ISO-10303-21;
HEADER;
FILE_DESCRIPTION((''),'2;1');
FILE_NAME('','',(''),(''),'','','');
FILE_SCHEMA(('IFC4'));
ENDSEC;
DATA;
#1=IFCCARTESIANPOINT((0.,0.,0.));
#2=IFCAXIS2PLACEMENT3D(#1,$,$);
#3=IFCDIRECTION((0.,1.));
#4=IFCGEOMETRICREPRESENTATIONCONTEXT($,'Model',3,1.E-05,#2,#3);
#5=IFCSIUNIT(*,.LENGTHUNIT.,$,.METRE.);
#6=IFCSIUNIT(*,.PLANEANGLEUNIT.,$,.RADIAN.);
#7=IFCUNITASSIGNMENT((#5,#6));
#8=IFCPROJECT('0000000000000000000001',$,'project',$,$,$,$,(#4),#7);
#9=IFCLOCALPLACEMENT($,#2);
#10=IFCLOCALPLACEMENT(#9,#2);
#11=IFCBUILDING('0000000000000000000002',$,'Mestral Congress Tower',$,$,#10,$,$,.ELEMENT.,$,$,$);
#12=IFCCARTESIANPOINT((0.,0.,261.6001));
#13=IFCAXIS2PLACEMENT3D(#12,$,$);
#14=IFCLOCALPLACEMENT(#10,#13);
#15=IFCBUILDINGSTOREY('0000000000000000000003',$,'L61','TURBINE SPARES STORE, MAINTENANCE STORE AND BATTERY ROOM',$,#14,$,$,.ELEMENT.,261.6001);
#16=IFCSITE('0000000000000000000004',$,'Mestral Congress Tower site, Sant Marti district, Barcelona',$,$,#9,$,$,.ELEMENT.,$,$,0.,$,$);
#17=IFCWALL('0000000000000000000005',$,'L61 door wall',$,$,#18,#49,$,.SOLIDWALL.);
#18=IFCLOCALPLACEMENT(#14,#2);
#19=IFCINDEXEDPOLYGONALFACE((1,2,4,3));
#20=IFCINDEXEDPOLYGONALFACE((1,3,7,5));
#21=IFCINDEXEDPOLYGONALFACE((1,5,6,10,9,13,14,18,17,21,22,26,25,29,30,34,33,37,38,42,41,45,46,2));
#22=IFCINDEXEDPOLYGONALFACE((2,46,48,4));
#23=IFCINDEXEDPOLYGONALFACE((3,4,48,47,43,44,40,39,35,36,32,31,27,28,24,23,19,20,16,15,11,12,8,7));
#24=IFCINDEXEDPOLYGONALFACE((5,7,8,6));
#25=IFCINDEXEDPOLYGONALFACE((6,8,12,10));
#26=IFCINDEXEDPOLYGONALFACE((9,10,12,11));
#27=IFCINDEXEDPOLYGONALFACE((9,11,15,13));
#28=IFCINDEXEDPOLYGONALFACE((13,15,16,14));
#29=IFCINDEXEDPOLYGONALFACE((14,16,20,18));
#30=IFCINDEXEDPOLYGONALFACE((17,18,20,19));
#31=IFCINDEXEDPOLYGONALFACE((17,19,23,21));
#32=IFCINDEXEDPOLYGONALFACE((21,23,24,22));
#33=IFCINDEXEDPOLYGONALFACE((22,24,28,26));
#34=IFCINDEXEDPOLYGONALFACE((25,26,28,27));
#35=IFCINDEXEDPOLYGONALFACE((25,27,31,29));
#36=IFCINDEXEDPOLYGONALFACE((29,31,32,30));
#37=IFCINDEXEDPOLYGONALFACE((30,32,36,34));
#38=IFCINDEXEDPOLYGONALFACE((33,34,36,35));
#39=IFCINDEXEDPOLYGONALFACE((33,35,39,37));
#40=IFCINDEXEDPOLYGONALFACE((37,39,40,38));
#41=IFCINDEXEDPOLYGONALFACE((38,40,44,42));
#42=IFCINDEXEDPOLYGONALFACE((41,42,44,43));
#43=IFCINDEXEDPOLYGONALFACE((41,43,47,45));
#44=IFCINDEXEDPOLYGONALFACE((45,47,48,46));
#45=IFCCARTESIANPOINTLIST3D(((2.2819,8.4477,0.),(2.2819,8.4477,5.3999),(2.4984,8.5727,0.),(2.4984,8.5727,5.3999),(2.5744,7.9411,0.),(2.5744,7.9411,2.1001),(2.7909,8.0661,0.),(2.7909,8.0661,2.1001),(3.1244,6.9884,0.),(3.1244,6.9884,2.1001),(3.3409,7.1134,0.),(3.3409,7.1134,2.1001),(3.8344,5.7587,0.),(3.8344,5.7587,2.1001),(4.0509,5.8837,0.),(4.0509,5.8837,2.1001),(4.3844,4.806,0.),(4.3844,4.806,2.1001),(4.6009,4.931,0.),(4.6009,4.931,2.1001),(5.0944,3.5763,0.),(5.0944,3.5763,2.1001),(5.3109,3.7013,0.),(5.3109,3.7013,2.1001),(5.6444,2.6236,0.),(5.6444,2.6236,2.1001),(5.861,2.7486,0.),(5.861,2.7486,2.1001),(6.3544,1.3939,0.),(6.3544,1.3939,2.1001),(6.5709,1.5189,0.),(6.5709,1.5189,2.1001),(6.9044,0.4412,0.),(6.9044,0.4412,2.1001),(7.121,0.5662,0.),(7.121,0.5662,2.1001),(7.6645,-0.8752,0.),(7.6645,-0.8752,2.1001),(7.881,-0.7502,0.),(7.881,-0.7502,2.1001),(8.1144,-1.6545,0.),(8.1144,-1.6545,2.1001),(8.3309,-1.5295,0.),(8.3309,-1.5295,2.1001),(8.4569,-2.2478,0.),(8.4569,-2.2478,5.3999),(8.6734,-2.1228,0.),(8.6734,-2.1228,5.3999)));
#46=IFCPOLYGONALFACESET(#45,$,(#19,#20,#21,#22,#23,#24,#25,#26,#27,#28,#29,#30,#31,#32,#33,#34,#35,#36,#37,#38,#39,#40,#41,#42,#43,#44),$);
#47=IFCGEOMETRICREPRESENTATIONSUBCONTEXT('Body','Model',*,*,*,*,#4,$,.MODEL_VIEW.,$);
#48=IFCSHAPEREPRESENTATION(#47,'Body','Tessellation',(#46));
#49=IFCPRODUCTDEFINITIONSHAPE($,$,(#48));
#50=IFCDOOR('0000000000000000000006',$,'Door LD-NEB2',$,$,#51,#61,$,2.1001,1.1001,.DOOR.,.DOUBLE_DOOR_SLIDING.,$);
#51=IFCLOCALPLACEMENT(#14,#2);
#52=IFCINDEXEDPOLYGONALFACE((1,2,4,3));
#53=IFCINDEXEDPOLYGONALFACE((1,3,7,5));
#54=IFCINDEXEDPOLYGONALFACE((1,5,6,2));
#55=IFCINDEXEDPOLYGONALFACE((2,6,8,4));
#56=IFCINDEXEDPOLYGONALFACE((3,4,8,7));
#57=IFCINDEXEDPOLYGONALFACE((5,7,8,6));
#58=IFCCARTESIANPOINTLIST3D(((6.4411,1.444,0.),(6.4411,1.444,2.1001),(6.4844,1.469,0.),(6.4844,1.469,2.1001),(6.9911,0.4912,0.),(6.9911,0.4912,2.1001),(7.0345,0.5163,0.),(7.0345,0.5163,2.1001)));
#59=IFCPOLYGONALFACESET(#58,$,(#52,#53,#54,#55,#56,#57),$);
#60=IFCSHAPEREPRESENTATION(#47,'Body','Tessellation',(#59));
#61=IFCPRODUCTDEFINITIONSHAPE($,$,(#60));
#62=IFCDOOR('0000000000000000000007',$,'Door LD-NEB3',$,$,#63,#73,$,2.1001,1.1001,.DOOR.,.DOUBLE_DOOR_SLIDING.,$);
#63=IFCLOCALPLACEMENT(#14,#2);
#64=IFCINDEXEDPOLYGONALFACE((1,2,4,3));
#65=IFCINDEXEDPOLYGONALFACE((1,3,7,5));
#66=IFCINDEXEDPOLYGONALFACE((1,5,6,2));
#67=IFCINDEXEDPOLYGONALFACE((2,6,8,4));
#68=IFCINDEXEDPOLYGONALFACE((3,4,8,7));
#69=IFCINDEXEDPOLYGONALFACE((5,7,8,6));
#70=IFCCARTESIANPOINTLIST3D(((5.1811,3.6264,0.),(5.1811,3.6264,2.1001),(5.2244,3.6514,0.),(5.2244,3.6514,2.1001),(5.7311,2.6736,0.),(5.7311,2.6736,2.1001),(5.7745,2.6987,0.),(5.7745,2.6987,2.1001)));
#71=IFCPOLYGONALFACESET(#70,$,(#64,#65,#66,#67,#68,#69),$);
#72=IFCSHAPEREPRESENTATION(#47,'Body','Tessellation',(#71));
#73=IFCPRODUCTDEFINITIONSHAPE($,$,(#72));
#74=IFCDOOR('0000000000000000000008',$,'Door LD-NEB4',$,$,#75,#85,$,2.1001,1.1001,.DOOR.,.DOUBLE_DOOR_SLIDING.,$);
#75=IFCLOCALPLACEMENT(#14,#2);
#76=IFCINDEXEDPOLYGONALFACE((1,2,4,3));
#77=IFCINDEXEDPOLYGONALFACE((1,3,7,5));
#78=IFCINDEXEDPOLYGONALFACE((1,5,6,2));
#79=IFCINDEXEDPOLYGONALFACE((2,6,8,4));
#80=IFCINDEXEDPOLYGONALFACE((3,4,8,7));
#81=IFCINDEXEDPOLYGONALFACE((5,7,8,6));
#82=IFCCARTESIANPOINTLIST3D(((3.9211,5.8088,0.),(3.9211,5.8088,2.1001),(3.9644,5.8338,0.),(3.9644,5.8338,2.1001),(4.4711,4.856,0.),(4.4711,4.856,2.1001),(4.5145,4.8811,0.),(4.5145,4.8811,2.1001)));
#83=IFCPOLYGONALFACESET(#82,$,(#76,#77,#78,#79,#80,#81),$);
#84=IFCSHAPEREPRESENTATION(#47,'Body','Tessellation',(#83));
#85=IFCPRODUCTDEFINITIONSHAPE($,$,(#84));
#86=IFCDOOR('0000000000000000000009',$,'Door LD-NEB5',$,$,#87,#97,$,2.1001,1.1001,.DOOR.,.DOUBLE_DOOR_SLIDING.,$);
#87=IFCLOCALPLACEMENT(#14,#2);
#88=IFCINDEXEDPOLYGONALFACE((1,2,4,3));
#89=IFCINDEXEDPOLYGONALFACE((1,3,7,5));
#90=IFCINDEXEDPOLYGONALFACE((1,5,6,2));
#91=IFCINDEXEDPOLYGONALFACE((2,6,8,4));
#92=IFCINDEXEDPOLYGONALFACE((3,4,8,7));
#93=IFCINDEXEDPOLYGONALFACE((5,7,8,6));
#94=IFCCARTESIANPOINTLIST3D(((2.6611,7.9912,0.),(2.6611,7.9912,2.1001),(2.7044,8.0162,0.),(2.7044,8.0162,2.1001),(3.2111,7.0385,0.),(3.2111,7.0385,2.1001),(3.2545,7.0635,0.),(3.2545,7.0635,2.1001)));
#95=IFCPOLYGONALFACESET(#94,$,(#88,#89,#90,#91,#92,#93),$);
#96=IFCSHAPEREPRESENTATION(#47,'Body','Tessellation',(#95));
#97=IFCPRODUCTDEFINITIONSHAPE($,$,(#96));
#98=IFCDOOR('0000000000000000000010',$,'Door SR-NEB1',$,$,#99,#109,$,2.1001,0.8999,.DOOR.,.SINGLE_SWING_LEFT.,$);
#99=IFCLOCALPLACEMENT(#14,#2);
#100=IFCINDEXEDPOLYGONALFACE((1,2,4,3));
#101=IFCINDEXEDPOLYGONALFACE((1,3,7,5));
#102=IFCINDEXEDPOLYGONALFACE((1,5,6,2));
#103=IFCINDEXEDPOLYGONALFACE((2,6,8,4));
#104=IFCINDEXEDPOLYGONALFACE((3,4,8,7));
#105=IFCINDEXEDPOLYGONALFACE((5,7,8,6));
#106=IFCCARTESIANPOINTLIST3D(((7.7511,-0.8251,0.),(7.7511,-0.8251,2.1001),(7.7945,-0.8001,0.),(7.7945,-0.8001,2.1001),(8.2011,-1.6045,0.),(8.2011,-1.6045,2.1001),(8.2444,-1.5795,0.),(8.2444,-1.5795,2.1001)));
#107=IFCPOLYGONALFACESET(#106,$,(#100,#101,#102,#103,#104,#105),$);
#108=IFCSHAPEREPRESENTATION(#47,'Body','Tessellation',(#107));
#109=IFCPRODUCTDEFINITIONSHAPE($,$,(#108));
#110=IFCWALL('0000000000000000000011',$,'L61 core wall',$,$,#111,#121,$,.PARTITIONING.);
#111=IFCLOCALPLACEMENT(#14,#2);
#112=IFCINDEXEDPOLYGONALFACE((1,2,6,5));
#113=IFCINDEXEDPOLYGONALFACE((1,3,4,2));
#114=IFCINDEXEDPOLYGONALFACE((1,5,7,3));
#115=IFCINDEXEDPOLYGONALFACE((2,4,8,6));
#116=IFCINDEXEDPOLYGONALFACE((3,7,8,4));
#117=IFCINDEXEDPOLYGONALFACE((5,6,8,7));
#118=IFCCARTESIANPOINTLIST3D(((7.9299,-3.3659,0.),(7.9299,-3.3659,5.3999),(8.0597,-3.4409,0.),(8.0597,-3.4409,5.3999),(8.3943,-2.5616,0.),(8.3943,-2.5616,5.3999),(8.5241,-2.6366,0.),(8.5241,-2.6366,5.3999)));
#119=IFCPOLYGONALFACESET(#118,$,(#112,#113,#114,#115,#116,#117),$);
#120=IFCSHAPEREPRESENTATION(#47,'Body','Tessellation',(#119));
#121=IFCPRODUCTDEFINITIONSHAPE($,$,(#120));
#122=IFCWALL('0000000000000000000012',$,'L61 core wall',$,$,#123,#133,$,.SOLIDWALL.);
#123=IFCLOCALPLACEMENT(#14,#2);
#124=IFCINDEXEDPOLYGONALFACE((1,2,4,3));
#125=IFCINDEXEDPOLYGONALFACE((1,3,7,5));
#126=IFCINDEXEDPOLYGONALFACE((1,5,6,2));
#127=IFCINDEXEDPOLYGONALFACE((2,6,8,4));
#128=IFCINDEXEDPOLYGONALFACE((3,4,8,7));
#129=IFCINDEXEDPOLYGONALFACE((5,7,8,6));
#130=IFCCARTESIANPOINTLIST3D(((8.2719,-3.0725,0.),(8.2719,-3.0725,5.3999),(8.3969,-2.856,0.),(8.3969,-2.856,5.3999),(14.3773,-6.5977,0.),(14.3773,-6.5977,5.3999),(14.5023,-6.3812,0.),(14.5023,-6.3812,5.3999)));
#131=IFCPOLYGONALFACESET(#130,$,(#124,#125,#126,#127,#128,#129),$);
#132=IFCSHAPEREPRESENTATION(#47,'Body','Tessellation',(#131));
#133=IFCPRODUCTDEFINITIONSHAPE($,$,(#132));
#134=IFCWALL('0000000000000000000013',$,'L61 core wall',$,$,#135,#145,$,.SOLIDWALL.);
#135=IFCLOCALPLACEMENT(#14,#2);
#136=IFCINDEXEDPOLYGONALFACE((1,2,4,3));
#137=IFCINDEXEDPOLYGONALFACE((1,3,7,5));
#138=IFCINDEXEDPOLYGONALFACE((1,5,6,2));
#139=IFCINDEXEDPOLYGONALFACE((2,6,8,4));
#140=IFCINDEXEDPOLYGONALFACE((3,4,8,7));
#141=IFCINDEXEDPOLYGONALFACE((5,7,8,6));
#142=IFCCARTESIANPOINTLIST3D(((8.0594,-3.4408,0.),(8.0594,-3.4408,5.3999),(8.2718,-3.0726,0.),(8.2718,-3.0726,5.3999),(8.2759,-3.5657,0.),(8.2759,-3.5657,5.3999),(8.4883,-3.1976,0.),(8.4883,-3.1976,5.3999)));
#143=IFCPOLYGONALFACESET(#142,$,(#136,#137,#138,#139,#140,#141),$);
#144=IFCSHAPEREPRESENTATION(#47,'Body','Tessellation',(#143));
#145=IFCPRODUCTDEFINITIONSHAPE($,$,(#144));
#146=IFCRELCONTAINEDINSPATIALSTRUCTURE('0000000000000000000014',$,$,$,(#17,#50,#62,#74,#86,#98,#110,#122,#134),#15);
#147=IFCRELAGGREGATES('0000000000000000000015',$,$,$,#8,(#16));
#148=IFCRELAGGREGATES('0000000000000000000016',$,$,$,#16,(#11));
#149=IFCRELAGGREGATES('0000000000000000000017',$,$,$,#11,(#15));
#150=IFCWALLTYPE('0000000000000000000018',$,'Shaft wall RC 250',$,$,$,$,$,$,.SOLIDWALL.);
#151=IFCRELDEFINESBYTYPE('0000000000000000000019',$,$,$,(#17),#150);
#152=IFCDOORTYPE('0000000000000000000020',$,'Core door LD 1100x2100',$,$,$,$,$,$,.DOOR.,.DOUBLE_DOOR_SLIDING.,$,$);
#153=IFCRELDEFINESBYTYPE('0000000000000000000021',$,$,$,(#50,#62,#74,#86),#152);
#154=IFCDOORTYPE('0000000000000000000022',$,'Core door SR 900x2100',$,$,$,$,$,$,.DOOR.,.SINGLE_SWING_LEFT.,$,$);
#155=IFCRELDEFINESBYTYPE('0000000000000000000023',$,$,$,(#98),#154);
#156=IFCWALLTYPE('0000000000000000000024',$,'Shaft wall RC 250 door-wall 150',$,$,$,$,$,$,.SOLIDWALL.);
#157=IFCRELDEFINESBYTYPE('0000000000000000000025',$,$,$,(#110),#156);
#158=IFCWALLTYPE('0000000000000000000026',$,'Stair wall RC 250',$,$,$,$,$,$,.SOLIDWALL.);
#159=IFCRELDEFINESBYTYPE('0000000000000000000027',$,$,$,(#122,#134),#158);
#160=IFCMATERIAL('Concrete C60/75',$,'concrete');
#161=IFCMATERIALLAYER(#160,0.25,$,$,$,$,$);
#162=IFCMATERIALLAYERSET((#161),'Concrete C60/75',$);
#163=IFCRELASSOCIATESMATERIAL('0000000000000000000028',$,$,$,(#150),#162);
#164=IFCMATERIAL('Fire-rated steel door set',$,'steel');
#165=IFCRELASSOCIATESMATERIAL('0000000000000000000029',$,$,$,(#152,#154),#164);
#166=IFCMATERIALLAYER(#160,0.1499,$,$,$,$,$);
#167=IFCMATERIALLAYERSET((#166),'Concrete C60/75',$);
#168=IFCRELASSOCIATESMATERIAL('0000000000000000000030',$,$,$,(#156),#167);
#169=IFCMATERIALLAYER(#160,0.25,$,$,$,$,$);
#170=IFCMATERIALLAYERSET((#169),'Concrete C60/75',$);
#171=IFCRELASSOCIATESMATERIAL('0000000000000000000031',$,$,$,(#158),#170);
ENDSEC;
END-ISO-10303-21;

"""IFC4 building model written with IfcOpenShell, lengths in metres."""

from ifc_helpers import new_model, si_unit, direction, frame, frame_2d, origin, place, context, subcontext, project, spatial, rectangle, extrude, material, layer, layer_set, type_object, element, fill, save


model = new_model("IFC4")

# Units and contexts
model_context = context("Model", 3, precision=1e-05, world=origin(), true_north=direction((0.0, 1.0)))
body_context = subcontext(model_context, "Body", "Model", "MODEL_VIEW")
ifc_project = project(units=[si_unit("LENGTHUNIT", "METRE"), si_unit("PLANEANGLEUNIT", "RADIAN")], contexts=[model_context])

# Site, building, storey
site_placement = place(None, origin())
site = spatial("IfcSite", under=ifc_project, at=site_placement, Name="Mestral Congress Tower site, Sant Marti district, Barcelona", CompositionType="ELEMENT", RefElevation=0.0)
building_placement = place(site_placement, origin())
building = spatial("IfcBuilding", under=site, at=building_placement, Name="Mestral Congress Tower", CompositionType="ELEMENT")
storey_placement = place(building_placement, frame((0.0, 0.0, 261.6001)))
storey = spatial("IfcBuildingStorey", under=building, at=storey_placement, Name="L61", Description="TURBINE SPARES STORE, MAINTENANCE STORE AND BATTERY ROOM", CompositionType="ELEMENT", Elevation=261.6001)

# Shared definitions
ifc_material_1 = material(Name="Concrete C60/75", Category="concrete")
ifc_layer_1 = layer(ifc_material_1, 0.25)
ifc_layer_set_1 = layer_set([ifc_layer_1], Name="Concrete C60/75")
wall_type_1 = type_object("IfcWallType", Name="Shaft wall RC 250", PredefinedType="SOLIDWALL", material=ifc_layer_set_1)

# Wall, openings, doors
wall_1_placement = place(storey_placement, frame((8.5652, -2.1853, 0.0), z_axis=(0.0, 0.0, 1.0), x_axis=(-0.499998, 0.866027, 0.0)))
wall_1 = element("IfcWall", 1, at=wall_1_placement, inside=storey, type_object=wall_type_1, Name="L61 door wall", PredefinedType="SOLIDWALL", context=body_context, shape_type="SweptSolid", body=[
    extrude(rectangle(XDim=12.3501, YDim=0.25, at=frame_2d((6.175, 0.0))), origin(), (0.0, 0.0, 1.0), 5.3999),
])
opening_1_placement = place(wall_1_placement, frame((0.6851, 0.0, 0.0)))
opening_1 = element("IfcOpeningElement", 2, at=opening_1_placement, cuts=wall_1, PredefinedType="OPENING", context=body_context, shape_type="SweptSolid", body=[
    extrude(rectangle(XDim=0.8999, YDim=2.1001, at=frame_2d((0.45, 1.05))), frame((0.0, 0.135, 0.0), z_axis=(0.0, -1.0, 0.0), x_axis=(1.0, 0.0, 0.0)), (0.0, 0.0, 1.0), 0.27),
])
opening_2_placement = place(wall_1_placement, frame((3.105, 0.0, 0.0)))
opening_2 = element("IfcOpeningElement", 3, at=opening_2_placement, cuts=wall_1, PredefinedType="OPENING", context=body_context, shape_type="SweptSolid", body=[
    extrude(rectangle(XDim=1.1001, YDim=2.1001, at=frame_2d((0.55, 1.05))), frame((0.0, 0.135, 0.0), z_axis=(0.0, -1.0, 0.0), x_axis=(1.0, 0.0, 0.0)), (0.0, 0.0, 1.0), 0.27),
])
opening_3_placement = place(wall_1_placement, frame((5.625, 0.0, 0.0)))
opening_3 = element("IfcOpeningElement", 4, at=opening_3_placement, cuts=wall_1, PredefinedType="OPENING", context=body_context, shape_type="SweptSolid", body=[
    extrude(rectangle(XDim=1.1001, YDim=2.1001, at=frame_2d((0.55, 1.05))), frame((0.0, 0.135, 0.0), z_axis=(0.0, -1.0, 0.0), x_axis=(1.0, 0.0, 0.0)), (0.0, 0.0, 1.0), 0.27),
])
opening_4_placement = place(wall_1_placement, frame((8.145, 0.0, 0.0)))
opening_4 = element("IfcOpeningElement", 5, at=opening_4_placement, cuts=wall_1, PredefinedType="OPENING", context=body_context, shape_type="SweptSolid", body=[
    extrude(rectangle(XDim=1.1001, YDim=2.1001, at=frame_2d((0.55, 1.05))), frame((0.0, 0.135, 0.0), z_axis=(0.0, -1.0, 0.0), x_axis=(1.0, 0.0, 0.0)), (0.0, 0.0, 1.0), 0.27),
])
opening_5_placement = place(wall_1_placement, frame((10.665, 0.0, 0.0)))
opening_5 = element("IfcOpeningElement", 6, at=opening_5_placement, cuts=wall_1, PredefinedType="OPENING", context=body_context, shape_type="SweptSolid", body=[
    extrude(rectangle(XDim=1.1001, YDim=2.1001, at=frame_2d((0.55, 1.05))), frame((0.0, 0.135, 0.0), z_axis=(0.0, -1.0, 0.0), x_axis=(1.0, 0.0, 0.0)), (0.0, 0.0, 1.0), 0.27),
])
ifc_material_2 = material(Name="Fire-rated steel door set", Category="steel")
door_type_1 = type_object("IfcDoorType", Name="Core door LD 1100x2100", OperationType="DOUBLE_DOOR_SLIDING", PredefinedType="DOOR", material=ifc_material_2)
door_1_placement = place(opening_2_placement, origin())
door_1 = element("IfcDoor", 7, at=door_1_placement, inside=storey, type_object=door_type_1, Name="Door LD-NEB2", OperationType="DOUBLE_DOOR_SLIDING", OverallHeight=2.1001, OverallWidth=1.1001, PredefinedType="DOOR", context=body_context, shape_type="SweptSolid", body=[
    extrude(rectangle(XDim=1.1001, YDim=2.1001, at=frame_2d((0.55, 1.05))), frame((0.0, 0.0249, 0.0), z_axis=(0.0, -1.0, 0.0), x_axis=(1.0, 0.0, 0.0)), (0.0, 0.0, 1.0), 0.05),
])
fill(opening_2, door_1)
door_2_placement = place(opening_3_placement, origin())
door_2 = element("IfcDoor", 8, at=door_2_placement, inside=storey, type_object=door_type_1, Name="Door LD-NEB3", OperationType="DOUBLE_DOOR_SLIDING", OverallHeight=2.1001, OverallWidth=1.1001, PredefinedType="DOOR", context=body_context, shape_type="SweptSolid", body=[
    extrude(rectangle(XDim=1.1001, YDim=2.1001, at=frame_2d((0.55, 1.05))), frame((0.0, 0.0249, 0.0), z_axis=(0.0, -1.0, 0.0), x_axis=(1.0, 0.0, 0.0)), (0.0, 0.0, 1.0), 0.05),
])
fill(opening_3, door_2)
door_3_placement = place(opening_4_placement, origin())
door_3 = element("IfcDoor", 9, at=door_3_placement, inside=storey, type_object=door_type_1, Name="Door LD-NEB4", OperationType="DOUBLE_DOOR_SLIDING", OverallHeight=2.1001, OverallWidth=1.1001, PredefinedType="DOOR", context=body_context, shape_type="SweptSolid", body=[
    extrude(rectangle(XDim=1.1001, YDim=2.1001, at=frame_2d((0.55, 1.05))), frame((0.0, 0.0249, 0.0), z_axis=(0.0, -1.0, 0.0), x_axis=(1.0, 0.0, 0.0)), (0.0, 0.0, 1.0), 0.05),
])
fill(opening_4, door_3)
door_4_placement = place(opening_5_placement, origin())
door_4 = element("IfcDoor", 10, at=door_4_placement, inside=storey, type_object=door_type_1, Name="Door LD-NEB5", OperationType="DOUBLE_DOOR_SLIDING", OverallHeight=2.1001, OverallWidth=1.1001, PredefinedType="DOOR", context=body_context, shape_type="SweptSolid", body=[
    extrude(rectangle(XDim=1.1001, YDim=2.1001, at=frame_2d((0.55, 1.05))), frame((0.0, 0.0249, 0.0), z_axis=(0.0, -1.0, 0.0), x_axis=(1.0, 0.0, 0.0)), (0.0, 0.0, 1.0), 0.05),
])
fill(opening_5, door_4)
door_type_2 = type_object("IfcDoorType", Name="Core door SR 900x2100", OperationType="SINGLE_SWING_LEFT", PredefinedType="DOOR", material=ifc_material_2)
door_5_placement = place(opening_1_placement, origin())
door_5 = element("IfcDoor", 11, at=door_5_placement, inside=storey, type_object=door_type_2, Name="Door SR-NEB1", OperationType="SINGLE_SWING_LEFT", OverallHeight=2.1001, OverallWidth=0.8999, PredefinedType="DOOR", context=body_context, shape_type="SweptSolid", body=[
    extrude(rectangle(XDim=0.8999, YDim=2.1001, at=frame_2d((0.45, 1.05))), frame((0.0, 0.0249, 0.0), z_axis=(0.0, -1.0, 0.0), x_axis=(1.0, 0.0, 0.0)), (0.0, 0.0, 1.0), 0.05),
])
fill(opening_1, door_5)

# Walls
ifc_layer_2 = layer(ifc_material_1, 0.1499)
ifc_layer_set_2 = layer_set([ifc_layer_2], Name="Concrete C60/75")
wall_type_2 = type_object("IfcWallType", Name="Shaft wall RC 250 door-wall 150", PredefinedType="SOLIDWALL", material=ifc_layer_set_2)
wall_2_placement = place(storey_placement, frame((8.4592, -2.5991, 0.0), z_axis=(0.0, 0.0, 1.0), x_axis=(-0.500041, -0.866002, 0.0)))
element("IfcWall", 12, at=wall_2_placement, inside=storey, type_object=wall_type_2, Name="L61 core wall", PredefinedType="PARTITIONING", context=body_context, shape_type="SweptSolid", body=[
    extrude(rectangle(XDim=0.9287, YDim=0.1499, at=frame_2d((0.4644, 0.0))), origin(), (0.0, 0.0, 1.0), 5.3999),
])
ifc_layer_3 = layer(ifc_material_1, 0.25)
ifc_layer_set_3 = layer_set([ifc_layer_3], Name="Concrete C60/75")
wall_type_3 = type_object("IfcWallType", Name="Stair wall RC 250", PredefinedType="SOLIDWALL", material=ifc_layer_set_3)
wall_3_placement = place(storey_placement, frame((8.3345, -2.9644, 0.0), z_axis=(0.0, 0.0, 1.0), x_axis=(0.866016, -0.500016, 0.0)))
element("IfcWall", 13, at=wall_3_placement, inside=storey, type_object=wall_type_3, Name="L61 core wall", PredefinedType="SOLIDWALL", context=body_context, shape_type="SweptSolid", body=[
    extrude(rectangle(XDim=7.05, YDim=0.25, at=frame_2d((3.5249, 0.0))), origin(), (0.0, 0.0, 1.0), 5.3999),
])
wall_4_placement = place(storey_placement, frame((8.1677, -3.5032, 0.0), z_axis=(0.0, 0.0, 1.0), x_axis=(0.499722, 0.866186, 0.0)))
element("IfcWall", 14, at=wall_4_placement, inside=storey, type_object=wall_type_3, Name="L61 core wall", PredefinedType="SOLIDWALL", context=body_context, shape_type="SweptSolid", body=[
    extrude(rectangle(XDim=0.425, YDim=0.25, at=frame_2d((0.2124, 0.0))), origin(), (0.0, 0.0, 1.0), 5.3999),
])

save(model, "model.ifc")
